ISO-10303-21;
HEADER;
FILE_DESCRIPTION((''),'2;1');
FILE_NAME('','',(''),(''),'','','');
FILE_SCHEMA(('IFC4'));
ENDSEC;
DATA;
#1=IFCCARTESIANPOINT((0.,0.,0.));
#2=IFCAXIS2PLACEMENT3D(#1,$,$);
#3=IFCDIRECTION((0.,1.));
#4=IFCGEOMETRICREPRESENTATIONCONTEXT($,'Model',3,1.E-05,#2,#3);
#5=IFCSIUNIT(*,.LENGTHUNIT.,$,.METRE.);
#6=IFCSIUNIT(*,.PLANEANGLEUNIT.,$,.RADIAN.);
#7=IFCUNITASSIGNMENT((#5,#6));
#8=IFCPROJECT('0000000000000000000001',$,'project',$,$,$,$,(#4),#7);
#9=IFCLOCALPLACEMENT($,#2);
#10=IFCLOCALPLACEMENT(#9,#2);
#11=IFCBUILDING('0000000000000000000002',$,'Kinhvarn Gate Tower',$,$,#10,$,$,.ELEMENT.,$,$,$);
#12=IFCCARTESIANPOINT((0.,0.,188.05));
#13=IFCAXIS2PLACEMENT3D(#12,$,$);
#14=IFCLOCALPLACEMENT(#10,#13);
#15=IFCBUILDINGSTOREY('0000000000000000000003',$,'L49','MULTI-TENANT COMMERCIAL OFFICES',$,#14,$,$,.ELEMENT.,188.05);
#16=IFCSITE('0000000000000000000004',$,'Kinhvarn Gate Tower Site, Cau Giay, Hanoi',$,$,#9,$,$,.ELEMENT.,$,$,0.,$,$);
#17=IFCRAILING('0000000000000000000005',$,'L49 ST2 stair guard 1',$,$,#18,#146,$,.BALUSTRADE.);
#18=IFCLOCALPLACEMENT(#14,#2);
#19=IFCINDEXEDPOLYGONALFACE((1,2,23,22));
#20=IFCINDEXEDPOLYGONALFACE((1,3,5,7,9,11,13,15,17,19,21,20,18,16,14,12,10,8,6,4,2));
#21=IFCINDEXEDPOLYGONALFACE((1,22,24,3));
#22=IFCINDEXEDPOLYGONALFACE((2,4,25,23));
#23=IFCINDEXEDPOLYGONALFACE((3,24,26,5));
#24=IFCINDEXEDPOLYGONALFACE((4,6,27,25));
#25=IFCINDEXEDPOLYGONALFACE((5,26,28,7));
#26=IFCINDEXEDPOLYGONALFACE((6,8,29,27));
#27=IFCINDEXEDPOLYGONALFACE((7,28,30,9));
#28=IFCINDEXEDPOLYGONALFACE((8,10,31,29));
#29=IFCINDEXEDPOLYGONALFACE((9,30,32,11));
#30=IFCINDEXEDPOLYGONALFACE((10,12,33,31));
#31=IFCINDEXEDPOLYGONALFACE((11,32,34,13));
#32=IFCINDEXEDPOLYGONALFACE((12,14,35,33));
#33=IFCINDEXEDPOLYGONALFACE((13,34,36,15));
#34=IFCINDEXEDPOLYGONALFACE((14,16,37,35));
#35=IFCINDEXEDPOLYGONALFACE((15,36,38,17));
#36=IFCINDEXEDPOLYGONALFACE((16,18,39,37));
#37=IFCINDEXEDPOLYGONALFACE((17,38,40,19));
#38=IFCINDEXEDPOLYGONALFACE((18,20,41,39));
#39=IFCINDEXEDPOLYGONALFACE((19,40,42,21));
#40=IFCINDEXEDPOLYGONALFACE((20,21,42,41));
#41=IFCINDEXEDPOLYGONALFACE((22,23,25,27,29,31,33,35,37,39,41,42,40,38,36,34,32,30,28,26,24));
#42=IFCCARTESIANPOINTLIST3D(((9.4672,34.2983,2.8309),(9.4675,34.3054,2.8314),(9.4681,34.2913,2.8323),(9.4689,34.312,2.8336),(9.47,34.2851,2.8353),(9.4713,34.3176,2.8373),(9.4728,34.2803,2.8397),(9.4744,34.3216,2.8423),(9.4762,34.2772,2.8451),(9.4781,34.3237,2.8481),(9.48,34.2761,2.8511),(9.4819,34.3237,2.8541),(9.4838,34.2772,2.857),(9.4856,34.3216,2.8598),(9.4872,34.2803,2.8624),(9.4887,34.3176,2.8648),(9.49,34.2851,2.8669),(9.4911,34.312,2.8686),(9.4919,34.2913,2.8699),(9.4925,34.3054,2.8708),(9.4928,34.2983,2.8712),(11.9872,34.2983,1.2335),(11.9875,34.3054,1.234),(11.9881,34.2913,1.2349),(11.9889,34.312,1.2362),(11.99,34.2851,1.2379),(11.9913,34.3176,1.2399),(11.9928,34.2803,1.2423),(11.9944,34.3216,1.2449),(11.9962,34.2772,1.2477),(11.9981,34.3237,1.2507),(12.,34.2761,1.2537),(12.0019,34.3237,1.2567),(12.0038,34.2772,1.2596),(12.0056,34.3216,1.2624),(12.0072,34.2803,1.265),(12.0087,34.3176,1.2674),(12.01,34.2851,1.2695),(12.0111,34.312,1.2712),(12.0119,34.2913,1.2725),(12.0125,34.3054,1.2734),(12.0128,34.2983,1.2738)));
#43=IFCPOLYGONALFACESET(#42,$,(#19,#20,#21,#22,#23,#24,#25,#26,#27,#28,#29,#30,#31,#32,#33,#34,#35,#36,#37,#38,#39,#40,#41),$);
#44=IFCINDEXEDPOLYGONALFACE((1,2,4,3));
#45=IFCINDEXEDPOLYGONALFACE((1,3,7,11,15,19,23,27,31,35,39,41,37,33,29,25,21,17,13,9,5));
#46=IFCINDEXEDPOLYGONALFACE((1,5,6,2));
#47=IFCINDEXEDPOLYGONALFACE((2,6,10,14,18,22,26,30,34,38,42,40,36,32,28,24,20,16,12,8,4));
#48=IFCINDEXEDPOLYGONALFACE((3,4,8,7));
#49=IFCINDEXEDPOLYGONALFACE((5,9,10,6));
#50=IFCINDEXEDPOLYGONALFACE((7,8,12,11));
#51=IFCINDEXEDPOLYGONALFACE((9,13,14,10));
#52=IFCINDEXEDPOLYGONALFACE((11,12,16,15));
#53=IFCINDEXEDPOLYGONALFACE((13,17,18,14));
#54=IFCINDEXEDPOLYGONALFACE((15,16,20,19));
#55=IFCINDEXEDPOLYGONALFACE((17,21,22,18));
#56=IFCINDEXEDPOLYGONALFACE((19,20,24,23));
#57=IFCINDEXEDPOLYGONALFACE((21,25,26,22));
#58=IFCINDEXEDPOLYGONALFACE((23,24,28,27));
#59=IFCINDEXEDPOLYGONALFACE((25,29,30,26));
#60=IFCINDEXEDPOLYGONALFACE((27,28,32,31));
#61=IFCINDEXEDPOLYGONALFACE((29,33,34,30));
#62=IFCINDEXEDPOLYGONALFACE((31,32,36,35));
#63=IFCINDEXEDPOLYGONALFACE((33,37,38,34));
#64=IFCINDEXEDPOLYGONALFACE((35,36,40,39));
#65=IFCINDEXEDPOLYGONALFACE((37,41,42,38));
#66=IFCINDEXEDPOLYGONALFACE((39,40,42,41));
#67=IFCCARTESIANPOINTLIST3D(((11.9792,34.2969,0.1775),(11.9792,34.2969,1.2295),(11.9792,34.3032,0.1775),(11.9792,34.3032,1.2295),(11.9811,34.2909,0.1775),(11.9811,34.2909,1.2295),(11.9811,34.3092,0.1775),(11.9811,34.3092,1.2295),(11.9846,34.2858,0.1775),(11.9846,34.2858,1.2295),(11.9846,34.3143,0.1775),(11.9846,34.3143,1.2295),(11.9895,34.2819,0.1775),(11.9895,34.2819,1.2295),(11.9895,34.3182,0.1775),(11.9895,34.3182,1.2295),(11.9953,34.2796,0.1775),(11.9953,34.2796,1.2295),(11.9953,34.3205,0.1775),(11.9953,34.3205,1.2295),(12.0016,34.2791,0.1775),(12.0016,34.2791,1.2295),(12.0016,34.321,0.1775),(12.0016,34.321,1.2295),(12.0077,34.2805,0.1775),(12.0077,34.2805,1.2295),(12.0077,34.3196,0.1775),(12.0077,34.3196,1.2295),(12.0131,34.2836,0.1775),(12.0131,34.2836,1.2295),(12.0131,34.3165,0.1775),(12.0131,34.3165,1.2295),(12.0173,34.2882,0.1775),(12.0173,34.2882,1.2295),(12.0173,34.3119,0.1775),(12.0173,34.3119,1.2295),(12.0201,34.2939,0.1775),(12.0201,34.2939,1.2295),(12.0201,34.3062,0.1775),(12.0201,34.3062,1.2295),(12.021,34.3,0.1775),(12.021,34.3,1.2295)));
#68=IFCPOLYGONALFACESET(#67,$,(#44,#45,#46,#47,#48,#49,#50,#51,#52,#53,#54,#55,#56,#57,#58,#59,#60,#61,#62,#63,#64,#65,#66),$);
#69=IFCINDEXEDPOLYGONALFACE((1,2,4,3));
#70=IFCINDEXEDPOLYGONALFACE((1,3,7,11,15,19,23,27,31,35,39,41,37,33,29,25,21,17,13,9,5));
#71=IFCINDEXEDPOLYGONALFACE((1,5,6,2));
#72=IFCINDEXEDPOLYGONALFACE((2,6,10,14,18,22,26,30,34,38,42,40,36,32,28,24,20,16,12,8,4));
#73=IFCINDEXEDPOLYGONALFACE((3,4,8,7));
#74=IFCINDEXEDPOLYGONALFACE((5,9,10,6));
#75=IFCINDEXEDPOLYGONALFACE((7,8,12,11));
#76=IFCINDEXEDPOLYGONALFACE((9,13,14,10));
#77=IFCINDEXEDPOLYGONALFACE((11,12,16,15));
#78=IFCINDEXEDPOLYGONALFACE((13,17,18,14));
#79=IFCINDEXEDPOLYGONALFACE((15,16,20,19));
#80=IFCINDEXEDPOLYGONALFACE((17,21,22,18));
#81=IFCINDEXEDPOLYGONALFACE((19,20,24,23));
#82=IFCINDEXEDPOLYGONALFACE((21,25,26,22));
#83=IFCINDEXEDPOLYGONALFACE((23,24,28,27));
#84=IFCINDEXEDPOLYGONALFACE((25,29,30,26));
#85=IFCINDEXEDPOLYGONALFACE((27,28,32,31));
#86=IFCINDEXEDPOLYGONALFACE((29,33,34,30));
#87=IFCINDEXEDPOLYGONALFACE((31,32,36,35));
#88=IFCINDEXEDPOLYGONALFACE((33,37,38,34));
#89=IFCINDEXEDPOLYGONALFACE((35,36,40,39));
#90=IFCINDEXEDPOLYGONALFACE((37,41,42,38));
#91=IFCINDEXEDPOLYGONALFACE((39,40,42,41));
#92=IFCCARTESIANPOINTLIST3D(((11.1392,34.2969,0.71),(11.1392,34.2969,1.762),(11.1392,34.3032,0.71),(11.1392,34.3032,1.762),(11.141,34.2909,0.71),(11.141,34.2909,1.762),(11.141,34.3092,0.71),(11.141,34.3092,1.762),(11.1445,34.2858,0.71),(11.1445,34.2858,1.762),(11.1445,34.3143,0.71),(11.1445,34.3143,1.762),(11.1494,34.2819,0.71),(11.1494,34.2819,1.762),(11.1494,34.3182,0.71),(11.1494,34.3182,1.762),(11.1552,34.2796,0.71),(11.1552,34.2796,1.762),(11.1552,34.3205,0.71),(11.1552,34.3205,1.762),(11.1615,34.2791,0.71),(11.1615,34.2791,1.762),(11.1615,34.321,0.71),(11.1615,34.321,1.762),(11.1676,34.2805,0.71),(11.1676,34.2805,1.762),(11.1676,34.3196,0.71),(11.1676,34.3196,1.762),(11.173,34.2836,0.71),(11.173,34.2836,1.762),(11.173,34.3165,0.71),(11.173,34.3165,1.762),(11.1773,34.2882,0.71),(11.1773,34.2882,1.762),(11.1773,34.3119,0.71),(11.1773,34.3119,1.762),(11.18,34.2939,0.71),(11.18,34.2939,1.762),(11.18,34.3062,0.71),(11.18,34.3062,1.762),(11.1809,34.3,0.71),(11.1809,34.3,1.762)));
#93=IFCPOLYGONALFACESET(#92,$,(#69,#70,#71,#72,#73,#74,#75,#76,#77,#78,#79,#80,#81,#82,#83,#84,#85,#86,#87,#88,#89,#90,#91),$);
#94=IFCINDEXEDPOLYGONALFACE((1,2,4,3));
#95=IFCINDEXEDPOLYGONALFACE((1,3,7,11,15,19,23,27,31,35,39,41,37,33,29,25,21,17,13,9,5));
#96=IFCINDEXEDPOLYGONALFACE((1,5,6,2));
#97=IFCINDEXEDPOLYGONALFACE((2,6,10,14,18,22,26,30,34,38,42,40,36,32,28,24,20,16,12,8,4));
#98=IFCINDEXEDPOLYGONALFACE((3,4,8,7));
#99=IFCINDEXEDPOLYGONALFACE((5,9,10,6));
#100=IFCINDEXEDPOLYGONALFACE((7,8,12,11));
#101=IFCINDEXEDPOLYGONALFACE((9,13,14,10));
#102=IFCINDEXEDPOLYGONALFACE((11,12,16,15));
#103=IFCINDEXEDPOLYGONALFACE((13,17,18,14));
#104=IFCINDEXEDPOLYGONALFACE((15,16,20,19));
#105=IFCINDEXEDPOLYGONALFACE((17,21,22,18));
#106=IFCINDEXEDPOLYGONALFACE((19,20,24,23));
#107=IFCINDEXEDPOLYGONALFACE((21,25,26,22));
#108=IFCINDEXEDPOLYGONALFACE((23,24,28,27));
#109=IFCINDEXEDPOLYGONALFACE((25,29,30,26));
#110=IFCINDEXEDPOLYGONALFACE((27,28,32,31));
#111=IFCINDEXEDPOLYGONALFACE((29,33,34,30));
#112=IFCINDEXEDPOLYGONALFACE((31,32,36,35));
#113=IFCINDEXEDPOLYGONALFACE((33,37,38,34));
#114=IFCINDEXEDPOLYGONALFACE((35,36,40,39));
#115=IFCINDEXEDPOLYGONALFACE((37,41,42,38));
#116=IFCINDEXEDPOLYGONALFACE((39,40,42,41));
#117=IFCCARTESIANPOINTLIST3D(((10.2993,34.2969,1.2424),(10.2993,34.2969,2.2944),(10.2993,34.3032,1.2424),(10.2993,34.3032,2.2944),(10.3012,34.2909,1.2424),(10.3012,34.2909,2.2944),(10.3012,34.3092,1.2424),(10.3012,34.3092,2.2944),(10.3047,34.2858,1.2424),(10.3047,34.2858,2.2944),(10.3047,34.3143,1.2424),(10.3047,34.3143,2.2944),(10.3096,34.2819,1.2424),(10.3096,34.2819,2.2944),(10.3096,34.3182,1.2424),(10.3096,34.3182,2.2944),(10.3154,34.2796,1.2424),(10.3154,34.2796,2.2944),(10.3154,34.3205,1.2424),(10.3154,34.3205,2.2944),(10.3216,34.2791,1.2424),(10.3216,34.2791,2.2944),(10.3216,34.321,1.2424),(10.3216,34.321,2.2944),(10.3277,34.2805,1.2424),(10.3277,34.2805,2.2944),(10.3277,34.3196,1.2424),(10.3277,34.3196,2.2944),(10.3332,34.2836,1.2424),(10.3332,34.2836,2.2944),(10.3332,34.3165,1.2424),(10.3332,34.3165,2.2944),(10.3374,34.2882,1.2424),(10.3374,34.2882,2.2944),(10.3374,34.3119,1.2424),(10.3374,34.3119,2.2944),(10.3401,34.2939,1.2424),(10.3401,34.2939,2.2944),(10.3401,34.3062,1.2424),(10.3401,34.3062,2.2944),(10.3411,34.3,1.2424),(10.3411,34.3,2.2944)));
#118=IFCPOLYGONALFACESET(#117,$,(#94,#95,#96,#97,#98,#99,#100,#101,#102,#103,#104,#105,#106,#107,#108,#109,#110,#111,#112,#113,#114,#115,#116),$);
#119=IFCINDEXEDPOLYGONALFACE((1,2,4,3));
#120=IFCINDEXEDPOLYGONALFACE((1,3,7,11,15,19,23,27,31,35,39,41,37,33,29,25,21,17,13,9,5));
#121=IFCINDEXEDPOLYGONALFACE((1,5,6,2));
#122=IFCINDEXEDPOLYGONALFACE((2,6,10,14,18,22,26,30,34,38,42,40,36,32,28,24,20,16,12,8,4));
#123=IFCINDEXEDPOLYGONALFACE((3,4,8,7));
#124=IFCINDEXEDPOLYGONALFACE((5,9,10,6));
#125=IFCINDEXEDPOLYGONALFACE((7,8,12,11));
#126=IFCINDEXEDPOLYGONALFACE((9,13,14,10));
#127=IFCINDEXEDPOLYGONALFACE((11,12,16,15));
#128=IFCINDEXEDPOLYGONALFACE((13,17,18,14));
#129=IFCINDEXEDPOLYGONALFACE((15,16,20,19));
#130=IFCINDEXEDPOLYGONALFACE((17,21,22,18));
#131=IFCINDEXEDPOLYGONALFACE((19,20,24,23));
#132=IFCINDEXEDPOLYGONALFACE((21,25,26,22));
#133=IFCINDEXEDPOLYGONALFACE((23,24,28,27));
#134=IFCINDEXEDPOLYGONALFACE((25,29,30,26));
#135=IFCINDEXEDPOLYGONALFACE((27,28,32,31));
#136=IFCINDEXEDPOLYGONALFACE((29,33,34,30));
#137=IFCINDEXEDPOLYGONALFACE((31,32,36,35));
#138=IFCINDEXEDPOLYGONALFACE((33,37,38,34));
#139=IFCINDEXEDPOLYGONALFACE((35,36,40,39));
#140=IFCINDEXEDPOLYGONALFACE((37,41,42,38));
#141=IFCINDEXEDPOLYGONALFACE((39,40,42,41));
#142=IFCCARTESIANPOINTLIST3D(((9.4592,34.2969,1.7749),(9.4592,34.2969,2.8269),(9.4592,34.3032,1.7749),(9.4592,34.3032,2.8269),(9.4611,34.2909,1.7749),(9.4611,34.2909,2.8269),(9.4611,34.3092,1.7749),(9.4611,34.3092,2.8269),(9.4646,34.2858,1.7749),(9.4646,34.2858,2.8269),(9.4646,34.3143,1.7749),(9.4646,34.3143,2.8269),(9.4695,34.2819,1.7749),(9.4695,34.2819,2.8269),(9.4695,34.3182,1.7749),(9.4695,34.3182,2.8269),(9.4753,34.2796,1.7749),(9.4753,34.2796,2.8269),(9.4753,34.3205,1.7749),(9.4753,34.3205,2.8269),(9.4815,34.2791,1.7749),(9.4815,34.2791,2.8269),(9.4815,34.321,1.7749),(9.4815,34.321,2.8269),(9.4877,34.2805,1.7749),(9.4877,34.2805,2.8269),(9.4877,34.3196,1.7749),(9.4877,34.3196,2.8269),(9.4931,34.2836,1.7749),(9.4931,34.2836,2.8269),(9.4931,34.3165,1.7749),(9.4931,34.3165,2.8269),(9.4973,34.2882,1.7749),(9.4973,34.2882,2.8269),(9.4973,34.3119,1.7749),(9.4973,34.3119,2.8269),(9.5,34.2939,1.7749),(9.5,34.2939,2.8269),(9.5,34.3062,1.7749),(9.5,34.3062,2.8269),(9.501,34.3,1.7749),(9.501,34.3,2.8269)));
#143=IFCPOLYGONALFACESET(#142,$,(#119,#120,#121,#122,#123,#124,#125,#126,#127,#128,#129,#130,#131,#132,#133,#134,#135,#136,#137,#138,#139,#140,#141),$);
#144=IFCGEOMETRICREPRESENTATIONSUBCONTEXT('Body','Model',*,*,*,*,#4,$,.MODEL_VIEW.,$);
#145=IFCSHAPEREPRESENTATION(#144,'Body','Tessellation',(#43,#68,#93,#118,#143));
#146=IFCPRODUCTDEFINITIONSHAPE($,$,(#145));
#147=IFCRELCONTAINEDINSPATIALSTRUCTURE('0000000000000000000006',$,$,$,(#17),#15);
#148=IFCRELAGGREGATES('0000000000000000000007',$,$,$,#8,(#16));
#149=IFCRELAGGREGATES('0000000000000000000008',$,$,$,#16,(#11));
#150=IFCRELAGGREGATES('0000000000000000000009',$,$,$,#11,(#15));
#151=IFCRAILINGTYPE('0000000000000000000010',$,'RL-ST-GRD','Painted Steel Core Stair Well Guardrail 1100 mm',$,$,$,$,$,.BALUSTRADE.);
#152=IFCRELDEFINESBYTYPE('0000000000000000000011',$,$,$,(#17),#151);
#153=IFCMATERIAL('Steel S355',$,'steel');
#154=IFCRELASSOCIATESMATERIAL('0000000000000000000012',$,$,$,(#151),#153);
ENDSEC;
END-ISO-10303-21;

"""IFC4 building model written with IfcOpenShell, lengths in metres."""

from ifc_helpers import new_model, si_unit, direction, frame, origin, origin_2d, place, context, subcontext, project, spatial, circle, extrude, material, type_object, element, save


model = new_model("IFC4")

# Units and contexts
model_context = context("Model", 3, precision=1e-05, world=origin(), true_north=direction((0.0, 1.0)))
body_context = subcontext(model_context, "Body", "Model", "MODEL_VIEW")
ifc_project = project(units=[si_unit("LENGTHUNIT", "METRE"), si_unit("PLANEANGLEUNIT", "RADIAN")], contexts=[model_context])

# Site, building, storey
site_placement = place(None, origin())
site = spatial("IfcSite", under=ifc_project, at=site_placement, Name="Kinhvarn Gate Tower Site, Cau Giay, Hanoi", CompositionType="ELEMENT", RefElevation=0.0)
building_placement = place(site_placement, origin())
building = spatial("IfcBuilding", under=site, at=building_placement, Name="Kinhvarn Gate Tower", CompositionType="ELEMENT")
storey_placement = place(building_placement, frame((0.0, 0.0, 188.05)))
storey = spatial("IfcBuildingStorey", under=building, at=storey_placement, Name="L49", Description="MULTI-TENANT COMMERCIAL OFFICES", CompositionType="ELEMENT", Elevation=188.05)

# Railing
ifc_material_1 = material(Name="Steel S355", Category="steel")
railing_type_1 = type_object("IfcRailingType", Name="RL-ST-GRD", Description="Painted Steel Core Stair Well Guardrail 1100 mm", PredefinedType="BALUSTRADE", material=ifc_material_1)
railing_1_placement = place(storey_placement, frame((12.0, 34.3, 0.1775)))
element("IfcRailing", 1, at=railing_1_placement, inside=storey, type_object=railing_type_1, Name="L49 ST2 stair guard 1", PredefinedType="BALUSTRADE", context=body_context, shape_type="SweptSolid", body=[
    extrude(circle(Radius=0.0239, at=origin_2d()), frame((0.0, 0.0, 1.0762), z_axis=(-0.844607, 0.0, 0.535387), x_axis=(0.0, -1.0, 0.0)), (0.0, 0.0, 1.0), 2.9836),
    extrude(circle(Radius=0.021, at=origin_2d()), origin(), (0.0, 0.0, 1.0), 1.052),
    extrude(circle(Radius=0.021, at=origin_2d()), frame((-0.8401, 0.0, 0.5325)), (0.0, 0.0, 1.0), 1.052),
    extrude(circle(Radius=0.021, at=origin_2d()), frame((-1.6799, 0.0, 1.0649)), (0.0, 0.0, 1.0), 1.052),
    extrude(circle(Radius=0.021, at=origin_2d()), frame((-2.52, 0.0, 1.5974)), (0.0, 0.0, 1.0), 1.052),
])

save(model, "model.ifc")
